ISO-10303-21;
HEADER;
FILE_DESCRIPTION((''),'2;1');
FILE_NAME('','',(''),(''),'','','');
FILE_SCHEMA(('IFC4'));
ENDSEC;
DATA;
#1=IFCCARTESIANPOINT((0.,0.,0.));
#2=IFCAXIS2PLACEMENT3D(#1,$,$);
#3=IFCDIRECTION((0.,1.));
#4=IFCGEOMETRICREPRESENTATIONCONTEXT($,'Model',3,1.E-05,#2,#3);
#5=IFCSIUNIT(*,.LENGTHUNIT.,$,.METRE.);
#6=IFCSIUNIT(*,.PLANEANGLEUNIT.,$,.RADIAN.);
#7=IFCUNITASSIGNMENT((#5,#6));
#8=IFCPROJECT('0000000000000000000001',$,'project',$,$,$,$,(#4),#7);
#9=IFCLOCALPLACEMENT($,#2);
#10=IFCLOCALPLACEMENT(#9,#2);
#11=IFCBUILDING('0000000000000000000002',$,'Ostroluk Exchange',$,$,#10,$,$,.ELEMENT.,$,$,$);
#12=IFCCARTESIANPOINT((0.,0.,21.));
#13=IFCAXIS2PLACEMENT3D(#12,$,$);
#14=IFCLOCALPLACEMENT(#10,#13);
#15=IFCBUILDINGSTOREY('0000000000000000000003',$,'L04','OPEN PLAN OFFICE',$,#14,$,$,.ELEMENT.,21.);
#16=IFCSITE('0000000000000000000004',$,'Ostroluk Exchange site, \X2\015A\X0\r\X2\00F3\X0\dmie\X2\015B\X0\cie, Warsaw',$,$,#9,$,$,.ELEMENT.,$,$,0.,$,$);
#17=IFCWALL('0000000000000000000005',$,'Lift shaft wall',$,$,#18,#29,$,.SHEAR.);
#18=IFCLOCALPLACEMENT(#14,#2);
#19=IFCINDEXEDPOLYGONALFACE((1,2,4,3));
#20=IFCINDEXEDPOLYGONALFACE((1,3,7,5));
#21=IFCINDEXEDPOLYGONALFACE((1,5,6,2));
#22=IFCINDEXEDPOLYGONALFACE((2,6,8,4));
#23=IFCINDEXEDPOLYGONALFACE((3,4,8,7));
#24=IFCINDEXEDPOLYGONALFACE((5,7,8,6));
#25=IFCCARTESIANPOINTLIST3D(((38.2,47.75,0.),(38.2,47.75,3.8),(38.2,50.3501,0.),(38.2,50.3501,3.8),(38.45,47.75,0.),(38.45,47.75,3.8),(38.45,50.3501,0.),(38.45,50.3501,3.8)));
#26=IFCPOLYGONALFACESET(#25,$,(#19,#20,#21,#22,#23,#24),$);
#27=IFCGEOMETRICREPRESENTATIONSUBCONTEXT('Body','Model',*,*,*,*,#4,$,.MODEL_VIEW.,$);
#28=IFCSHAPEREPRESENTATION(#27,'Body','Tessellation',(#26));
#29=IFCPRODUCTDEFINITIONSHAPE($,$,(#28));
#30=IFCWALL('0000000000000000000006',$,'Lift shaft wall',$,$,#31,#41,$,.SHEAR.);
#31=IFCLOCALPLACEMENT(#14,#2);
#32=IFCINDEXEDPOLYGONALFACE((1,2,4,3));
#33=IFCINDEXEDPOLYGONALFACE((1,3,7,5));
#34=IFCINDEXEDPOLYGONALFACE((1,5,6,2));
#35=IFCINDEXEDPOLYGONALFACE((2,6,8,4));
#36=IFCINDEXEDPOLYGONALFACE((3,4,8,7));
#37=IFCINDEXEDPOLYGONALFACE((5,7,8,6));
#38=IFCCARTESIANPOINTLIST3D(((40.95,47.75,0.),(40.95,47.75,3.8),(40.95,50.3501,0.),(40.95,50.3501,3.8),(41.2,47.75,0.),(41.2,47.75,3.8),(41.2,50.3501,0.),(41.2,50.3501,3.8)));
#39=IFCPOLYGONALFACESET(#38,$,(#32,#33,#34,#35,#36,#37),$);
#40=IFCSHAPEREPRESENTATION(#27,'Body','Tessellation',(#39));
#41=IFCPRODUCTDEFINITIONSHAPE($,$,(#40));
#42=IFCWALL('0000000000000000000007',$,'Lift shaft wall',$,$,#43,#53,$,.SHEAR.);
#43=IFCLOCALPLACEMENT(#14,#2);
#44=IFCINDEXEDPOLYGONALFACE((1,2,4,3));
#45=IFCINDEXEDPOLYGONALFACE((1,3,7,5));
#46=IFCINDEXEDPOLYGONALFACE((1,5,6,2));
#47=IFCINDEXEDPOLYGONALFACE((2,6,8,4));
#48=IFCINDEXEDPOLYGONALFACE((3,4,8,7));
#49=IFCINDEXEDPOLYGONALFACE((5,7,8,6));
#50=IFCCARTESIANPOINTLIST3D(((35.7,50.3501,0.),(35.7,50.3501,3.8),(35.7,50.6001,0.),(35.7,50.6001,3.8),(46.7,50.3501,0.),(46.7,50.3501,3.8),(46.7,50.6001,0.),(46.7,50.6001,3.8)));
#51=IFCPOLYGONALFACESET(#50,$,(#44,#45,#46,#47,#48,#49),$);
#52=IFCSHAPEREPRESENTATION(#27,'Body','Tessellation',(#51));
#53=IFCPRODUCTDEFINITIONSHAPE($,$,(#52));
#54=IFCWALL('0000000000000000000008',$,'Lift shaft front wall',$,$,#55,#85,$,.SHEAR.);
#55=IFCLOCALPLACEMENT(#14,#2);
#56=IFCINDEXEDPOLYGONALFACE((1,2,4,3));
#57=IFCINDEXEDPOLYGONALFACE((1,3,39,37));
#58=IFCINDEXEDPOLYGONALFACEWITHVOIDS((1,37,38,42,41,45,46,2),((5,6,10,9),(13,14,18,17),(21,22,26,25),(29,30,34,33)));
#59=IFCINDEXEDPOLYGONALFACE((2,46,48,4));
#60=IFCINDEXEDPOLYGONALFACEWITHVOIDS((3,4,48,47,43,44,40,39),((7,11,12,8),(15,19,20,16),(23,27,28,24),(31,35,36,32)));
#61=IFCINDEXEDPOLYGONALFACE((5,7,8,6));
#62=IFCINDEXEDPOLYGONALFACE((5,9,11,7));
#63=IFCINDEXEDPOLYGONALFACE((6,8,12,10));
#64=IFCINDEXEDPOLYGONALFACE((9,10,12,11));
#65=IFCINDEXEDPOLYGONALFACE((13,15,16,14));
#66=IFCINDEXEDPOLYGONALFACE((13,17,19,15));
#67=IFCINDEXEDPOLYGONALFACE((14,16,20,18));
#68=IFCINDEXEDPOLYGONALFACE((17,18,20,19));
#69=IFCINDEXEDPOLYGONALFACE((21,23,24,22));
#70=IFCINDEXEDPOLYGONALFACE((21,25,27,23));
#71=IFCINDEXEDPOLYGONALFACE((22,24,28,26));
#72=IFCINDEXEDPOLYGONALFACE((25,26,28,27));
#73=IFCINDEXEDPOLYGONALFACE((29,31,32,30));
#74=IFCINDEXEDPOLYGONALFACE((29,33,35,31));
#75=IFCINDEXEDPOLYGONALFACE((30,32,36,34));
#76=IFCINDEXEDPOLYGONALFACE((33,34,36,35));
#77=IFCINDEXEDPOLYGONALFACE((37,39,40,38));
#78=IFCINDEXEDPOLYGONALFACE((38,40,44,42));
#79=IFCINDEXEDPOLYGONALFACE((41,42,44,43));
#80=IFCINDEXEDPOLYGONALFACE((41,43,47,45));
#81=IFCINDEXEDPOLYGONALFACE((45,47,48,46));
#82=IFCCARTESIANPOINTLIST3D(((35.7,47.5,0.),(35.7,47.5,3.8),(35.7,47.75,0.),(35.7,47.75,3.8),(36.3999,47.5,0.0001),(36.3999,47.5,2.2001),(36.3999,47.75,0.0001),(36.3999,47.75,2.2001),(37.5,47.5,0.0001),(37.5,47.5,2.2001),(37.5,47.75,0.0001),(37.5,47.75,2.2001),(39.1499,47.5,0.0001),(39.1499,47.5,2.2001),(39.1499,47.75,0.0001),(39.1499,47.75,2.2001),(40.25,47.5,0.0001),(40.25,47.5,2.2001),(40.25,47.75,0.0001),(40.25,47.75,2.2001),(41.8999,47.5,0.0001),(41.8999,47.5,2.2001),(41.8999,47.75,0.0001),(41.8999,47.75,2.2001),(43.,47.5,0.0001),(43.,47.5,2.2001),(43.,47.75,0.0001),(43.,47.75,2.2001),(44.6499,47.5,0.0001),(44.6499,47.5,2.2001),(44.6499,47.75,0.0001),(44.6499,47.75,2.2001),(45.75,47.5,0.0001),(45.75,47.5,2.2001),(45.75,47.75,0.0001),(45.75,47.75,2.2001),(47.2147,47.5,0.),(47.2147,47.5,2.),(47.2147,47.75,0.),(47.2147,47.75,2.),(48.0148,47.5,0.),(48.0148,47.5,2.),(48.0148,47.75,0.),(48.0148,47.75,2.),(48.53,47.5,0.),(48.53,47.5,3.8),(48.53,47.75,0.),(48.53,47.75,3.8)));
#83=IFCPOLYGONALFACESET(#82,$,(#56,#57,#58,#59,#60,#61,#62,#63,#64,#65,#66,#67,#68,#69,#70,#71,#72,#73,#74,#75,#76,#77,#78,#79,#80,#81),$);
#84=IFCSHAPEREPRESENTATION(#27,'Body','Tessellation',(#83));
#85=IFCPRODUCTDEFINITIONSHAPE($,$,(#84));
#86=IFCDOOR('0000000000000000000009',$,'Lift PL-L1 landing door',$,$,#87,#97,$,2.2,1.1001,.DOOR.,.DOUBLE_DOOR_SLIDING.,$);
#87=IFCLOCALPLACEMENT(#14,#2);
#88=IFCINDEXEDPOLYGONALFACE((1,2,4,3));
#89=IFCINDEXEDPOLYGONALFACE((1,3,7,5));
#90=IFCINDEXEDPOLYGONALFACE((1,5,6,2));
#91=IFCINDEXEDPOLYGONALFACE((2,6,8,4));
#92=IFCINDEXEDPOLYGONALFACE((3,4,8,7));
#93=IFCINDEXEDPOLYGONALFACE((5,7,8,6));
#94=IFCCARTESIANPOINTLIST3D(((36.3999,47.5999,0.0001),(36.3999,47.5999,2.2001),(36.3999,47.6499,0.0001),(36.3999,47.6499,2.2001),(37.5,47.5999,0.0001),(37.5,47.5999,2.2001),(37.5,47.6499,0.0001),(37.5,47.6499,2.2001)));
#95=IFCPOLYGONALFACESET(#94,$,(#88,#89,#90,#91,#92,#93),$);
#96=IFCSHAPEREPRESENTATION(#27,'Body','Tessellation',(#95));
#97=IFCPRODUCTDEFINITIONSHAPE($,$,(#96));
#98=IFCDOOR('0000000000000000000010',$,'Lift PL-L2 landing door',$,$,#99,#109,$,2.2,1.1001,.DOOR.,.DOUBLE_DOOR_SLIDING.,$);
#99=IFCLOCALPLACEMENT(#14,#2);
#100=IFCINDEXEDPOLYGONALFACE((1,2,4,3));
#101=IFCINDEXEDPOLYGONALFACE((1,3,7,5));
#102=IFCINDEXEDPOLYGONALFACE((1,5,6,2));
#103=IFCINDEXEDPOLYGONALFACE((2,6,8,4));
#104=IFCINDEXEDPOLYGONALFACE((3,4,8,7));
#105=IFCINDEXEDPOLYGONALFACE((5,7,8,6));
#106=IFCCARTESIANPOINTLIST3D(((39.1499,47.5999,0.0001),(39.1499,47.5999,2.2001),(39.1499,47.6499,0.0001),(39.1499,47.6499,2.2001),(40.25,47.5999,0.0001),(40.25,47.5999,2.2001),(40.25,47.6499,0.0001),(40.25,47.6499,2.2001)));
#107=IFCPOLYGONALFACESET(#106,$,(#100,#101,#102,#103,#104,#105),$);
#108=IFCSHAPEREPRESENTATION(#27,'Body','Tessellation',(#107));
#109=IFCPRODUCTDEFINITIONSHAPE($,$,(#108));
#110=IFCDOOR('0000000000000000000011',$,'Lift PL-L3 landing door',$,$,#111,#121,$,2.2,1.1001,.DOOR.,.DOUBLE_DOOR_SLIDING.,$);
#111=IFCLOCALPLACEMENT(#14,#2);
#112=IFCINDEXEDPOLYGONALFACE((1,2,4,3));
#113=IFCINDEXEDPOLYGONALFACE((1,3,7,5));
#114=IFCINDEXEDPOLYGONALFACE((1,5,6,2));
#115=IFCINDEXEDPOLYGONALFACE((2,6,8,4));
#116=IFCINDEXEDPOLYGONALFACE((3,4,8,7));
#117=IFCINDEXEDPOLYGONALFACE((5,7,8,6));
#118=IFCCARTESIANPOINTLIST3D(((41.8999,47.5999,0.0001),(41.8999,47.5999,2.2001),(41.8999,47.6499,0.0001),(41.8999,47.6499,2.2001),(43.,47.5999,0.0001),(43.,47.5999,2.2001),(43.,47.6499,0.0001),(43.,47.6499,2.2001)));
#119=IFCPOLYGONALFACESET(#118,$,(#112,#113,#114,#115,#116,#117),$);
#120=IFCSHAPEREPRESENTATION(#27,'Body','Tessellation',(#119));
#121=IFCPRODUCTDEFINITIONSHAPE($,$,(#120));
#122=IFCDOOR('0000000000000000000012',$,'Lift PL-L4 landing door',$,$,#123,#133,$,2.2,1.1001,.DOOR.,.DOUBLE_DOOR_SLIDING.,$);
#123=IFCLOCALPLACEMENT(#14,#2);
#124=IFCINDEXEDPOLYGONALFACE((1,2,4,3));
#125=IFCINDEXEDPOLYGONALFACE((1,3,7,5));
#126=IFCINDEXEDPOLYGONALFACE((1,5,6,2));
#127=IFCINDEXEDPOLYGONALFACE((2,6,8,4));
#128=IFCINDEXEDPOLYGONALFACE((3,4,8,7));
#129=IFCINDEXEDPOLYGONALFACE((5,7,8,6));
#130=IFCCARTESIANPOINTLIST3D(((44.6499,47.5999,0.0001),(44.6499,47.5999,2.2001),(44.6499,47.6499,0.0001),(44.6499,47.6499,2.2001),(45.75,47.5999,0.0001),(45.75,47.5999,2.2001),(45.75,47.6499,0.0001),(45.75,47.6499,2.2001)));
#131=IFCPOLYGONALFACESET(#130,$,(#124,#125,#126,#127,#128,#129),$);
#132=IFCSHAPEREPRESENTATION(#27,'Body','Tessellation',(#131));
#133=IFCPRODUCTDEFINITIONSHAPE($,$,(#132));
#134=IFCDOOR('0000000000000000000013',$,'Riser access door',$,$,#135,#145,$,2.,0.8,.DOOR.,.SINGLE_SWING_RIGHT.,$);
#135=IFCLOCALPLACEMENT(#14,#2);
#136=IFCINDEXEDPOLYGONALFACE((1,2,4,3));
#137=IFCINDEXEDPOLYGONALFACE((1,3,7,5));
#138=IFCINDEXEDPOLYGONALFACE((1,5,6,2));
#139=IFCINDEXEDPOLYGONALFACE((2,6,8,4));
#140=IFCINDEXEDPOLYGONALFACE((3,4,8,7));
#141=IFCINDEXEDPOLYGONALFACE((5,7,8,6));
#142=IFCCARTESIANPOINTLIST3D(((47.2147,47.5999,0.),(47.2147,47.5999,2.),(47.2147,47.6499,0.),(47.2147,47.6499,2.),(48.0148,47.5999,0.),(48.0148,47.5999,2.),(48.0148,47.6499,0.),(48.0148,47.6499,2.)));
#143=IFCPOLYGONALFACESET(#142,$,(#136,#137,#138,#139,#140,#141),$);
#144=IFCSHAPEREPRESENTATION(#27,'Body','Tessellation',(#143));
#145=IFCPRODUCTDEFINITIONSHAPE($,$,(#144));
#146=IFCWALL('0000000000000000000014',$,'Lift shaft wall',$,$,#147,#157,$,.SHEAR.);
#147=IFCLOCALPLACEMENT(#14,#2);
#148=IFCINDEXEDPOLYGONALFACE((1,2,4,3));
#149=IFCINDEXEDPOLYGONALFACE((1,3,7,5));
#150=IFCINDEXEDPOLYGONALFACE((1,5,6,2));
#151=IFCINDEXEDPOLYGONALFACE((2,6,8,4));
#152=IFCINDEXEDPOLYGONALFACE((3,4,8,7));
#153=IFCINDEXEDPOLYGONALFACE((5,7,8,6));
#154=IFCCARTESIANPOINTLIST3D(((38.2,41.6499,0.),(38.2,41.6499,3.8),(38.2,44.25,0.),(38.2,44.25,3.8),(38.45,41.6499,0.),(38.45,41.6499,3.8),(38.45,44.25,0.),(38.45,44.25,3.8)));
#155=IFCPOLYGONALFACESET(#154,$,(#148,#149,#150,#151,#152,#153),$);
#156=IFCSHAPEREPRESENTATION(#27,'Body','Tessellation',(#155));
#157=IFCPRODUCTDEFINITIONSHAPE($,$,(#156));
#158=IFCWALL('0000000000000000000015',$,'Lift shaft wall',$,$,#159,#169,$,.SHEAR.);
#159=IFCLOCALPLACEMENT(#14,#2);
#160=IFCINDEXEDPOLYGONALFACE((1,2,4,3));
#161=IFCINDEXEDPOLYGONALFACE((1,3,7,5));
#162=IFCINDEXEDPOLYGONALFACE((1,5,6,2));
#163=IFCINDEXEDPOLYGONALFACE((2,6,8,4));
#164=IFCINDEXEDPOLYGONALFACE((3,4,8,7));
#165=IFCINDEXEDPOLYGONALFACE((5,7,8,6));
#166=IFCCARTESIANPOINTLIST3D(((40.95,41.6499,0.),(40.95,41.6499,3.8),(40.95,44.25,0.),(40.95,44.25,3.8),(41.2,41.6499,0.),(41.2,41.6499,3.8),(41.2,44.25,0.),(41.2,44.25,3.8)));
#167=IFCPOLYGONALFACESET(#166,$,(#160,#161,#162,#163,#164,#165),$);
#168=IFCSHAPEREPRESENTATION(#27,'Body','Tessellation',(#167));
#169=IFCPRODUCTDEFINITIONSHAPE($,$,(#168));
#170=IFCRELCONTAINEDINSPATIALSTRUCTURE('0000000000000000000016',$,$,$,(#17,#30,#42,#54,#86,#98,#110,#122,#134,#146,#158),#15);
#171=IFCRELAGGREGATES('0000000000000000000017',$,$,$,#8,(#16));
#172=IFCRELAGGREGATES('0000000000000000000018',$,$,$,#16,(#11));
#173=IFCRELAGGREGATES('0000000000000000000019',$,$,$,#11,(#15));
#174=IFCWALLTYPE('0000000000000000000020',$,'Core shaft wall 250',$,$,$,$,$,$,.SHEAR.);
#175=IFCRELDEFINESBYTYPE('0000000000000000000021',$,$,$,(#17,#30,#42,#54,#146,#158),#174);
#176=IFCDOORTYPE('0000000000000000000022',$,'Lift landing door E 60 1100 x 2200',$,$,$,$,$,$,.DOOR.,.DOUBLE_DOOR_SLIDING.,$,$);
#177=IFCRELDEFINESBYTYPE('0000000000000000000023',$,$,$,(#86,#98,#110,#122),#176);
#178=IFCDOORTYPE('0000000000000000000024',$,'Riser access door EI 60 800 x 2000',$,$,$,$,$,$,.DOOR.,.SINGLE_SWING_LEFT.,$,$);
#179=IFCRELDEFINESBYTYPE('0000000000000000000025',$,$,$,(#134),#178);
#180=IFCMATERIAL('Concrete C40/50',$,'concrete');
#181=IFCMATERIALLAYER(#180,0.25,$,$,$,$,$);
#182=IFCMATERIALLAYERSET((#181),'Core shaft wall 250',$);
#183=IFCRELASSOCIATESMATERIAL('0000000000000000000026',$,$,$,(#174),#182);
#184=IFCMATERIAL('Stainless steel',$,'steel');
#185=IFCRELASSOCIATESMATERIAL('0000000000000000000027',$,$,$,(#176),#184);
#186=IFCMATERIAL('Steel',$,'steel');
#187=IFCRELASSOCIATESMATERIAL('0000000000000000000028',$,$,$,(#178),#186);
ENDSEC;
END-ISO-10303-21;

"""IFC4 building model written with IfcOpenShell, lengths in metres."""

from ifc_helpers import new_model, si_unit, direction, frame, frame_2d, origin, place, context, subcontext, project, spatial, rectangle, extrude, material, layer, layer_set, type_object, element, fill, save


model = new_model("IFC4")

# Units and contexts
model_context = context("Model", 3, precision=1e-05, world=origin(), true_north=direction((0.0, 1.0)))
body_context = subcontext(model_context, "Body", "Model", "MODEL_VIEW")
ifc_project = project(units=[si_unit("LENGTHUNIT", "METRE"), si_unit("PLANEANGLEUNIT", "RADIAN")], contexts=[model_context])

# Site, building, storey
site_placement = place(None, origin())
site = spatial("IfcSite", under=ifc_project, at=site_placement, Name="Ostroluk Exchange site, Śródmieście, Warsaw", CompositionType="ELEMENT", RefElevation=0.0)
building_placement = place(site_placement, origin())
building = spatial("IfcBuilding", under=site, at=building_placement, Name="Ostroluk Exchange", CompositionType="ELEMENT")
storey_placement = place(building_placement, frame((0.0, 0.0, 21.0)))
storey = spatial("IfcBuildingStorey", under=building, at=storey_placement, Name="L04", Description="OPEN PLAN OFFICE", CompositionType="ELEMENT", Elevation=21.0)

# Walls
ifc_material_1 = material(Name="Concrete C40/50", Category="concrete")
ifc_layer = layer(ifc_material_1, 0.25)
ifc_layer_set = layer_set([ifc_layer], Name="Core shaft wall 250")
wall_type = type_object("IfcWallType", Name="Core shaft wall 250", PredefinedType="SHEAR", material=ifc_layer_set)
for number, where, z_axis, x_axis, name in (
    (1, (38.325, 47.75, 0.0), (0.0, 0.0, 1.0), (0.0, 1.0, 0.0), "Lift shaft wall"),
    (2, (41.075, 47.75, 0.0), (0.0, 0.0, 1.0), (0.0, 1.0, 0.0), "Lift shaft wall"),
):
    element("IfcWall", number, at=place(storey_placement, frame(where, z_axis=z_axis, x_axis=x_axis)), inside=storey, type_object=wall_type, Name=name, PredefinedType="SHEAR", context=body_context, shape_type="SweptSolid", body=[
        extrude(rectangle(XDim=2.6001, YDim=0.25, at=frame_2d((1.3, 0.0))), origin(), (0.0, 0.0, 1.0), 3.8),
    ])
wall_1_placement = place(storey_placement, frame((35.7, 50.4751, 0.0), z_axis=(0.0, 0.0, 1.0), x_axis=(1.0, 0.0, 0.0)))
element("IfcWall", 3, at=wall_1_placement, inside=storey, type_object=wall_type, Name="Lift shaft wall", PredefinedType="SHEAR", context=body_context, shape_type="SweptSolid", body=[
    extrude(rectangle(XDim=11.0, YDim=0.25, at=frame_2d((5.5, 0.0))), origin(), (0.0, 0.0, 1.0), 3.8),
])

# Wall, openings, doors
wall_2_placement = place(storey_placement, frame((35.7, 47.625, 0.0), z_axis=(0.0, 0.0, 1.0), x_axis=(1.0, 0.0, 0.0)))
wall_2 = element("IfcWall", 4, at=wall_2_placement, inside=storey, type_object=wall_type, Name="Lift shaft front wall", PredefinedType="SHEAR", context=body_context, shape_type="SweptSolid", body=[
    extrude(rectangle(XDim=12.8301, YDim=0.25, at=frame_2d((6.415, 0.0))), origin(), (0.0, 0.0, 1.0), 3.8),
])
opening_1_placement = place(wall_2_placement, frame((0.7, 0.0, 0.0)))
opening_1 = element("IfcOpeningElement", 5, at=opening_1_placement, cuts=wall_2, PredefinedType="OPENING", context=body_context, shape_type="SweptSolid", body=[
    extrude(rectangle(XDim=1.1001, YDim=2.2, at=frame_2d((0.55, 1.1001))), frame((0.0, 0.135, 0.0), z_axis=(0.0, -1.0, 0.0), x_axis=(1.0, 0.0, 0.0)), (0.0, 0.0, 1.0), 0.27),
])
opening_2_placement = place(wall_2_placement, frame((3.45, 0.0, 0.0)))
opening_2 = element("IfcOpeningElement", 6, at=opening_2_placement, cuts=wall_2, PredefinedType="OPENING", context=body_context, shape_type="SweptSolid", body=[
    extrude(rectangle(XDim=1.1001, YDim=2.2, at=frame_2d((0.55, 1.1001))), frame((0.0, 0.135, 0.0), z_axis=(0.0, -1.0, 0.0), x_axis=(1.0, 0.0, 0.0)), (0.0, 0.0, 1.0), 0.27),
])
opening_3_placement = place(wall_2_placement, frame((6.2, 0.0, 0.0)))
opening_3 = element("IfcOpeningElement", 7, at=opening_3_placement, cuts=wall_2, PredefinedType="OPENING", context=body_context, shape_type="SweptSolid", body=[
    extrude(rectangle(XDim=1.1001, YDim=2.2, at=frame_2d((0.55, 1.1001))), frame((0.0, 0.135, 0.0), z_axis=(0.0, -1.0, 0.0), x_axis=(1.0, 0.0, 0.0)), (0.0, 0.0, 1.0), 0.27),
])
opening_4_placement = place(wall_2_placement, frame((8.95, 0.0, 0.0)))
opening_4 = element("IfcOpeningElement", 8, at=opening_4_placement, cuts=wall_2, PredefinedType="OPENING", context=body_context, shape_type="SweptSolid", body=[
    extrude(rectangle(XDim=1.1001, YDim=2.2, at=frame_2d((0.55, 1.1001))), frame((0.0, 0.135, 0.0), z_axis=(0.0, -1.0, 0.0), x_axis=(1.0, 0.0, 0.0)), (0.0, 0.0, 1.0), 0.27),
])
opening_5_placement = place(wall_2_placement, frame((11.5149, 0.0, 0.0)))
opening_5 = element("IfcOpeningElement", 9, at=opening_5_placement, cuts=wall_2, PredefinedType="OPENING", context=body_context, shape_type="SweptSolid", body=[
    extrude(rectangle(XDim=0.8, YDim=2.0, at=frame_2d((0.3999, 1.0))), frame((0.0, 0.135, 0.0), z_axis=(0.0, -1.0, 0.0), x_axis=(1.0, 0.0, 0.0)), (0.0, 0.0, 1.0), 0.27),
])
ifc_material_2 = material(Name="Stainless steel", Category="steel")
door_type_1 = type_object("IfcDoorType", Name="Lift landing door E 60 1100 x 2200", OperationType="DOUBLE_DOOR_SLIDING", PredefinedType="DOOR", material=ifc_material_2)
door_1_placement = place(opening_1_placement, origin())
door_1 = element("IfcDoor", 10, at=door_1_placement, inside=storey, type_object=door_type_1, Name="Lift PL-L1 landing door", OperationType="DOUBLE_DOOR_SLIDING", OverallHeight=2.2, OverallWidth=1.1001, PredefinedType="DOOR", context=body_context, shape_type="SweptSolid", body=[
    extrude(rectangle(XDim=1.1001, YDim=2.2, at=frame_2d((0.55, 1.1001))), frame((0.0, 0.0249, 0.0), z_axis=(0.0, -1.0, 0.0), x_axis=(1.0, 0.0, 0.0)), (0.0, 0.0, 1.0), 0.05),
])
fill(opening_1, door_1)
door_2_placement = place(opening_2_placement, origin())
door_2 = element("IfcDoor", 11, at=door_2_placement, inside=storey, type_object=door_type_1, Name="Lift PL-L2 landing door", OperationType="DOUBLE_DOOR_SLIDING", OverallHeight=2.2, OverallWidth=1.1001, PredefinedType="DOOR", context=body_context, shape_type="SweptSolid", body=[
    extrude(rectangle(XDim=1.1001, YDim=2.2, at=frame_2d((0.55, 1.1001))), frame((0.0, 0.0249, 0.0), z_axis=(0.0, -1.0, 0.0), x_axis=(1.0, 0.0, 0.0)), (0.0, 0.0, 1.0), 0.05),
])
fill(opening_2, door_2)
door_3_placement = place(opening_3_placement, origin())
door_3 = element("IfcDoor", 12, at=door_3_placement, inside=storey, type_object=door_type_1, Name="Lift PL-L3 landing door", OperationType="DOUBLE_DOOR_SLIDING", OverallHeight=2.2, OverallWidth=1.1001, PredefinedType="DOOR", context=body_context, shape_type="SweptSolid", body=[
    extrude(rectangle(XDim=1.1001, YDim=2.2, at=frame_2d((0.55, 1.1001))), frame((0.0, 0.0249, 0.0), z_axis=(0.0, -1.0, 0.0), x_axis=(1.0, 0.0, 0.0)), (0.0, 0.0, 1.0), 0.05),
])
fill(opening_3, door_3)
door_4_placement = place(opening_4_placement, origin())
door_4 = element("IfcDoor", 13, at=door_4_placement, inside=storey, type_object=door_type_1, Name="Lift PL-L4 landing door", OperationType="DOUBLE_DOOR_SLIDING", OverallHeight=2.2, OverallWidth=1.1001, PredefinedType="DOOR", context=body_context, shape_type="SweptSolid", body=[
    extrude(rectangle(XDim=1.1001, YDim=2.2, at=frame_2d((0.55, 1.1001))), frame((0.0, 0.0249, 0.0), z_axis=(0.0, -1.0, 0.0), x_axis=(1.0, 0.0, 0.0)), (0.0, 0.0, 1.0), 0.05),
])
fill(opening_4, door_4)
ifc_material_3 = material(Name="Steel", Category="steel")
door_type_2 = type_object("IfcDoorType", Name="Riser access door EI 60 800 x 2000", OperationType="SINGLE_SWING_LEFT", PredefinedType="DOOR", material=ifc_material_3)
door_5_placement = place(opening_5_placement, origin())
door_5 = element("IfcDoor", 14, at=door_5_placement, inside=storey, type_object=door_type_2, Name="Riser access door", OperationType="SINGLE_SWING_RIGHT", OverallHeight=2.0, OverallWidth=0.8, PredefinedType="DOOR", context=body_context, shape_type="SweptSolid", body=[
    extrude(rectangle(XDim=0.8, YDim=2.0, at=frame_2d((0.3999, 1.0))), frame((0.0, 0.0249, 0.0), z_axis=(0.0, -1.0, 0.0), x_axis=(1.0, 0.0, 0.0)), (0.0, 0.0, 1.0), 0.05),
])
fill(opening_5, door_5)

# Walls
for number, where, z_axis, x_axis, name in (
    (15, (38.325, 44.25, 0.0), (0.0, 0.0, 1.0), (0.0, -1.0, 0.0), "Lift shaft wall"),
    (16, (41.075, 44.25, 0.0), (0.0, 0.0, 1.0), (0.0, -1.0, 0.0), "Lift shaft wall"),
):
    element("IfcWall", number, at=place(storey_placement, frame(where, z_axis=z_axis, x_axis=x_axis)), inside=storey, type_object=wall_type, Name=name, PredefinedType="SHEAR", context=body_context, shape_type="SweptSolid", body=[
        extrude(rectangle(XDim=2.6001, YDim=0.25, at=frame_2d((1.3, 0.0))), origin(), (0.0, 0.0, 1.0), 3.8),
    ])

save(model, "model.ifc")
